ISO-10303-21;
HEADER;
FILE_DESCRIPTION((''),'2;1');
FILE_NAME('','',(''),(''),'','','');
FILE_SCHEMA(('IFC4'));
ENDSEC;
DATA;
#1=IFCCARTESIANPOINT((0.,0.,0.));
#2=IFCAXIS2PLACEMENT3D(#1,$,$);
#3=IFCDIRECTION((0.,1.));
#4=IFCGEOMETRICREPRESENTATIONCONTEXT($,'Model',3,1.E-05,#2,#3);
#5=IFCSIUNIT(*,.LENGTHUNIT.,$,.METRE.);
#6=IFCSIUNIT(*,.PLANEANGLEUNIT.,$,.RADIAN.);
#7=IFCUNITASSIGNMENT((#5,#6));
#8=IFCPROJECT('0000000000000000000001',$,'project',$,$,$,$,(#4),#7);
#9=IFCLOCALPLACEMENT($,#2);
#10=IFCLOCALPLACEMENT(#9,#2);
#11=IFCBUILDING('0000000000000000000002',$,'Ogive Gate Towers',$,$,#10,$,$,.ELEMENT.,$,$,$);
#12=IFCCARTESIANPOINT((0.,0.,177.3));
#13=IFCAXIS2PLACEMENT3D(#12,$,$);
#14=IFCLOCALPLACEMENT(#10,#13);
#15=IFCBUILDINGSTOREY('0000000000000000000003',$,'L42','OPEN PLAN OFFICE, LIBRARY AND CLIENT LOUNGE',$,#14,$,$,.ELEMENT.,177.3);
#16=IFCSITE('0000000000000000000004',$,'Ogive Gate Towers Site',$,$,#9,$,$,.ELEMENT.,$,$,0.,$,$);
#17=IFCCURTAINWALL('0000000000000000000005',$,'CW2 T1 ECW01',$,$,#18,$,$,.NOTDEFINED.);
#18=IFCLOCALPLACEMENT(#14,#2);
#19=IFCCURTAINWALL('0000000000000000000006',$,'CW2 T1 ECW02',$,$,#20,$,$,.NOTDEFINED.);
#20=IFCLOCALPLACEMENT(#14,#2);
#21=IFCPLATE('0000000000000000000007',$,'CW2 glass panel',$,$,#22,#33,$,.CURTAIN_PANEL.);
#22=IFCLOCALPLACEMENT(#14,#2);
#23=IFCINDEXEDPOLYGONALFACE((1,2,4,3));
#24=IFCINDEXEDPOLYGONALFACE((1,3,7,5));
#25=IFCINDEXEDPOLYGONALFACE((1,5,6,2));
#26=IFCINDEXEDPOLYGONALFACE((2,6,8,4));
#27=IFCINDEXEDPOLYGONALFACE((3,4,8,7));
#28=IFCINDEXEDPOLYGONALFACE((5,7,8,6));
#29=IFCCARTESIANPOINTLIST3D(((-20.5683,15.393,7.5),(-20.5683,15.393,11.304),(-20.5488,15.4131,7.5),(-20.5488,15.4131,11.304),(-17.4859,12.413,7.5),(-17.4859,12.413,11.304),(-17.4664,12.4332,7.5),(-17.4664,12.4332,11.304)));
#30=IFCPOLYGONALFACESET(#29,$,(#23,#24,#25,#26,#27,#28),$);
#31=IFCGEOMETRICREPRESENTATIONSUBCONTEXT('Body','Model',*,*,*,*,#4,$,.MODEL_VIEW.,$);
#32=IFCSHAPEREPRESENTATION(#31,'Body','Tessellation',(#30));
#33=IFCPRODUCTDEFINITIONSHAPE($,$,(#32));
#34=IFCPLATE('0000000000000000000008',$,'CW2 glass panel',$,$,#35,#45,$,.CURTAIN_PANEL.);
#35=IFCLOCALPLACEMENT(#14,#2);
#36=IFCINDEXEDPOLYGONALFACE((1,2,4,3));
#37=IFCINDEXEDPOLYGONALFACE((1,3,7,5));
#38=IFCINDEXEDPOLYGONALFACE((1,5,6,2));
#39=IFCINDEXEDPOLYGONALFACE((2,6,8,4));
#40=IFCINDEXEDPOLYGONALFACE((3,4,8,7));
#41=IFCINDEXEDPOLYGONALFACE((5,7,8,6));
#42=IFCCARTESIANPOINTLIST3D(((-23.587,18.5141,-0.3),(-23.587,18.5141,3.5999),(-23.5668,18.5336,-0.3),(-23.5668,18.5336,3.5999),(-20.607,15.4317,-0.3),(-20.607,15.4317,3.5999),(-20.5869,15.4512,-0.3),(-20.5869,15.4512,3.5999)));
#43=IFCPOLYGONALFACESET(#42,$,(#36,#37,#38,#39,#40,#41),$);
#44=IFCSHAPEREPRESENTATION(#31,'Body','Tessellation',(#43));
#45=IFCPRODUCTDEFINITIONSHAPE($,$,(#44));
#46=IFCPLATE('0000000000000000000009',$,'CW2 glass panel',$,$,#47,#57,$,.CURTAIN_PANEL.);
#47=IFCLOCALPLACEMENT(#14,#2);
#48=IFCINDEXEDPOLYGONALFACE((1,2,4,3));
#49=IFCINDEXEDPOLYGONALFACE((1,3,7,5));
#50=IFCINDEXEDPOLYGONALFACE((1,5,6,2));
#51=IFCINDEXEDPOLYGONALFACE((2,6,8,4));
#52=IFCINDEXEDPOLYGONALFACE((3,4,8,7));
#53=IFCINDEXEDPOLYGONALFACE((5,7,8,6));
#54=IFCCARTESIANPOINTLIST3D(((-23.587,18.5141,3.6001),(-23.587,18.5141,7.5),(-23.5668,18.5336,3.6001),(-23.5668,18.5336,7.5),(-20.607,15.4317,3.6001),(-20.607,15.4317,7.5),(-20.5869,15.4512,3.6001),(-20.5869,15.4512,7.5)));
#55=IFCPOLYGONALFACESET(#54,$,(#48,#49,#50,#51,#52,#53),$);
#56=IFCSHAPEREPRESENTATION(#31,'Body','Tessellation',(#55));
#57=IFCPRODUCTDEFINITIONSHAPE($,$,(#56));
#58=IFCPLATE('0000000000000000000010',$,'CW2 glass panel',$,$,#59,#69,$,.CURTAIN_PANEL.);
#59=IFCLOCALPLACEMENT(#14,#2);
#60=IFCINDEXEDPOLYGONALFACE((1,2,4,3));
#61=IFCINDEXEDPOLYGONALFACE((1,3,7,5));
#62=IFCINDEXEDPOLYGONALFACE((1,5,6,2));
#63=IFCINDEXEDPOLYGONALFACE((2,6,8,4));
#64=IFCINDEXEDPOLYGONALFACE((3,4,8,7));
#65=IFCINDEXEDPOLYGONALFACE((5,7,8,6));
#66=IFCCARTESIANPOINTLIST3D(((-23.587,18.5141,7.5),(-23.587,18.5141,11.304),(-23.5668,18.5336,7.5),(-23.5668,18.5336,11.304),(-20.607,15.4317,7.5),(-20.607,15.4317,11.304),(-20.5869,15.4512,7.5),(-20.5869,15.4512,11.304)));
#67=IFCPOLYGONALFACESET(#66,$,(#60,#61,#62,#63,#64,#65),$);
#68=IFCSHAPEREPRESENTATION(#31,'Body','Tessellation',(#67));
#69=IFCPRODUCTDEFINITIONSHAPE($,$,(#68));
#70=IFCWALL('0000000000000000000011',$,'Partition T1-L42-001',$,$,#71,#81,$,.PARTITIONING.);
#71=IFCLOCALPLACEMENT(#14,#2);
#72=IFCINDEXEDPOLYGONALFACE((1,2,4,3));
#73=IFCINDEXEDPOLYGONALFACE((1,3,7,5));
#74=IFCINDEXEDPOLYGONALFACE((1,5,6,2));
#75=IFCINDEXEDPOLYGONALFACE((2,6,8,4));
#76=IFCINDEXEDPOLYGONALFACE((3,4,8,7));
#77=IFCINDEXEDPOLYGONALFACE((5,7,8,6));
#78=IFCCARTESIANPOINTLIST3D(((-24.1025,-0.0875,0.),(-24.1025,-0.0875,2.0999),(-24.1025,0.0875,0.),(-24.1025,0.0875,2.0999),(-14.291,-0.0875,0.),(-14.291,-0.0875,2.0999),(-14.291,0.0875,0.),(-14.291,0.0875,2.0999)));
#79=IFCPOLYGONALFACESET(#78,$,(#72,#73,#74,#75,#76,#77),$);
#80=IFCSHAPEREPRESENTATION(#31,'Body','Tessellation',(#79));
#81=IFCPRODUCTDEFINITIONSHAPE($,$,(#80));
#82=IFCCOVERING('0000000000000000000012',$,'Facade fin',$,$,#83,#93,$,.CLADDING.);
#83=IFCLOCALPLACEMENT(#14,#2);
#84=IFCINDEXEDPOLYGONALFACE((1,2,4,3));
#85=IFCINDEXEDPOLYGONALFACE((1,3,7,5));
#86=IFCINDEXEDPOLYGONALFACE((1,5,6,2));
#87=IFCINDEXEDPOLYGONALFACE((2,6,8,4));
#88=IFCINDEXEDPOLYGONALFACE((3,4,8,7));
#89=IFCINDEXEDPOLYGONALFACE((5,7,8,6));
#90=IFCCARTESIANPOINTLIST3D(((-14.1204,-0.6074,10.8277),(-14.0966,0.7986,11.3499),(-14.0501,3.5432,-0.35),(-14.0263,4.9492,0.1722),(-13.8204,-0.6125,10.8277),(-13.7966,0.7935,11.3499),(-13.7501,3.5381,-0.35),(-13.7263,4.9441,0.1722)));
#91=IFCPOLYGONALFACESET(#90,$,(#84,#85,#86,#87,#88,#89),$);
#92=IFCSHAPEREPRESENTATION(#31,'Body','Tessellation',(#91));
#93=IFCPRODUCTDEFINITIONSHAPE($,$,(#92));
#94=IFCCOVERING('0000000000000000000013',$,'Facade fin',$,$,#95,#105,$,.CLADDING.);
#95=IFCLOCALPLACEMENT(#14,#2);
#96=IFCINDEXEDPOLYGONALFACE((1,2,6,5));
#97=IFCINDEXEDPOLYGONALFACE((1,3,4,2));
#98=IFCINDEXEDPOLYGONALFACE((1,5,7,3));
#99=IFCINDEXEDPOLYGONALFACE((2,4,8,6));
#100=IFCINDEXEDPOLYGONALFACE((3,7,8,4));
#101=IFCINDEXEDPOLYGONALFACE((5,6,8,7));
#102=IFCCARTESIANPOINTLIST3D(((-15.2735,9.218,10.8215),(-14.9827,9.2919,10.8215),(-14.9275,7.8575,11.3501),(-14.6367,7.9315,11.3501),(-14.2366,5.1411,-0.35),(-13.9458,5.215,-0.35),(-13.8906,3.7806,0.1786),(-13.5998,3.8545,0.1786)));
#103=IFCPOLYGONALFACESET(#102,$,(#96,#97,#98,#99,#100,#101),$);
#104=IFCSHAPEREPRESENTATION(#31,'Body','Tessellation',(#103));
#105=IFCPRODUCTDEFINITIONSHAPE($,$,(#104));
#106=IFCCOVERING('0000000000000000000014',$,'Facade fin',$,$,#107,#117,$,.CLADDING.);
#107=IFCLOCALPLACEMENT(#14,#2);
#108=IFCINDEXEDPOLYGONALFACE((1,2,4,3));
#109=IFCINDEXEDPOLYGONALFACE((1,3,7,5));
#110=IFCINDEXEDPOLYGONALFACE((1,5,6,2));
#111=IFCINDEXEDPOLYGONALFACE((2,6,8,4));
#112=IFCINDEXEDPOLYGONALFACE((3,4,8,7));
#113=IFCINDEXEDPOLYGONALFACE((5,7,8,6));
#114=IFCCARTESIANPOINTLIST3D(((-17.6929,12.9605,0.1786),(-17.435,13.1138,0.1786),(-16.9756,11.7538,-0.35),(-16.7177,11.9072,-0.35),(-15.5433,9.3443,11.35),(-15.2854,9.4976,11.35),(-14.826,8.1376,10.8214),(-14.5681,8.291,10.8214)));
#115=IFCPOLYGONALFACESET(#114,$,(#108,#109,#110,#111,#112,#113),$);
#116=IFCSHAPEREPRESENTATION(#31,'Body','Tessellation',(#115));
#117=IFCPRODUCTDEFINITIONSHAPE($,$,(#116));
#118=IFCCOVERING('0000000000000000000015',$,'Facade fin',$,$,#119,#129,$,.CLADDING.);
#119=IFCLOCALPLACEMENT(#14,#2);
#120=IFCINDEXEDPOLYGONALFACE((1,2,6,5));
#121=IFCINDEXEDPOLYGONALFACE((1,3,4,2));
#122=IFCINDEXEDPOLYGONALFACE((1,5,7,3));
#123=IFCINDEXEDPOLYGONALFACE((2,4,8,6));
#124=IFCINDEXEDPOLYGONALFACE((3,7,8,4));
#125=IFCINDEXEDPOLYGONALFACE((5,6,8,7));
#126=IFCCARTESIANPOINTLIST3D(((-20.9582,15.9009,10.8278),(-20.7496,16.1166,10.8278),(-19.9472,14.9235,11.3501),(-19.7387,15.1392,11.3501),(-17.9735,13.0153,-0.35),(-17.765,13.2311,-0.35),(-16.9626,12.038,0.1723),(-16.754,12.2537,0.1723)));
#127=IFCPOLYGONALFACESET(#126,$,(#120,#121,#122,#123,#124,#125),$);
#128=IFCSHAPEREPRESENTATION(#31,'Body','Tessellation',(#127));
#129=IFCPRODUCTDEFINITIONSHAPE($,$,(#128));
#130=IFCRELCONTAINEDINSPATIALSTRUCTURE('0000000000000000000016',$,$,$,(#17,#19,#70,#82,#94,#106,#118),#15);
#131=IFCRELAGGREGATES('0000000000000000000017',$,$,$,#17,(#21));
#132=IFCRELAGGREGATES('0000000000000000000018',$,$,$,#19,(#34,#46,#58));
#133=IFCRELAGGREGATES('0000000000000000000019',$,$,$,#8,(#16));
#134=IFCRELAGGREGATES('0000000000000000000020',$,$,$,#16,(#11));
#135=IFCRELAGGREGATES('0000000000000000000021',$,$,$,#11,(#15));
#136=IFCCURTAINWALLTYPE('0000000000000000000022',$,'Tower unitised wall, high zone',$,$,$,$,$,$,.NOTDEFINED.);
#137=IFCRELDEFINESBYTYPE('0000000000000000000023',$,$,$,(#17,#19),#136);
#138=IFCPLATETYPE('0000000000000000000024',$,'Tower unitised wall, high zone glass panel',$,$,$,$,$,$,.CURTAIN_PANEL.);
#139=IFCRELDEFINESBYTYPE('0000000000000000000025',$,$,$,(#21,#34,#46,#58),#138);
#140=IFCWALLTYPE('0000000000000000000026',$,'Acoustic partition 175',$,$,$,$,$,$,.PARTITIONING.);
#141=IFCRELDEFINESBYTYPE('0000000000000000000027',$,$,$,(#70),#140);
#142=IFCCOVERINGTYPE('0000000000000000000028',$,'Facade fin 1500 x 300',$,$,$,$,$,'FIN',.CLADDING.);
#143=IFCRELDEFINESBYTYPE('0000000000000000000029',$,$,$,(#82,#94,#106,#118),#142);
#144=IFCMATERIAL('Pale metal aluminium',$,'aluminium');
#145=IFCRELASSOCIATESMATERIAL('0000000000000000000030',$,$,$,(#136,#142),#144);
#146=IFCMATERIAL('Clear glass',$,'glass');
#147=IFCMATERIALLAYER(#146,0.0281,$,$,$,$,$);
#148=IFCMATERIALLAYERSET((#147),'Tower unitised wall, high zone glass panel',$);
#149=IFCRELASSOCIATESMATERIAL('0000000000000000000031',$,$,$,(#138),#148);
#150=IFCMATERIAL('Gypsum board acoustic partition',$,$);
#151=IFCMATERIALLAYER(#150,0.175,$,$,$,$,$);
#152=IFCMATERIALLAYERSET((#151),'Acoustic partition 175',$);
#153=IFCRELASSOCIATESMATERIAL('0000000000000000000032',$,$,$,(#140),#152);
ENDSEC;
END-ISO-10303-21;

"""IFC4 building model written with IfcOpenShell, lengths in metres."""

from ifc_helpers import new_model, si_unit, direction, frame, frame_2d, origin, origin_2d, place, context, subcontext, project, spatial, rectangle, extrude, material, layer, layer_set, material_profile, profile_set, type_object, element, aggregate, save


model = new_model("IFC4")

# Units and contexts
model_context = context("Model", 3, precision=1e-05, world=origin(), true_north=direction((0.0, 1.0)))
body_context = subcontext(model_context, "Body", "Model", "MODEL_VIEW")
ifc_project = project(units=[si_unit("LENGTHUNIT", "METRE"), si_unit("PLANEANGLEUNIT", "RADIAN")], contexts=[model_context])

# Site, building, storey
site_placement = place(None, origin())
site = spatial("IfcSite", under=ifc_project, at=site_placement, Name="Ogive Gate Towers Site", CompositionType="ELEMENT", RefElevation=0.0)
building_placement = place(site_placement, origin())
building = spatial("IfcBuilding", under=site, at=building_placement, Name="Ogive Gate Towers", CompositionType="ELEMENT")
storey_placement = place(building_placement, frame((0.0, 0.0, 177.3)))
storey = spatial("IfcBuildingStorey", under=building, at=storey_placement, Name="L42", Description="OPEN PLAN OFFICE, LIBRARY AND CLIENT LOUNGE", CompositionType="ELEMENT", Elevation=177.3)

# Curtain wall
ifc_material_1 = material(Name="Pale metal aluminium", Category="aluminium")
curtain_wall_type = type_object("IfcCurtainWallType", Name="Tower unitised wall, high zone", PredefinedType="NOTDEFINED", material=ifc_material_1)
curtain_wall_1_placement = place(storey_placement, origin())
curtain_wall_1 = element("IfcCurtainWall", 1, at=curtain_wall_1_placement, inside=storey, type_object=curtain_wall_type, Name="CW2 T1 ECW01", PredefinedType="NOTDEFINED")

# Curtain wall
curtain_wall_2_placement = place(storey_placement, origin())
curtain_wall_2 = element("IfcCurtainWall", 2, at=curtain_wall_2_placement, inside=storey, type_object=curtain_wall_type, Name="CW2 T1 ECW02", PredefinedType="NOTDEFINED")

# Plates
ifc_material_2 = material(Name="Clear glass", Category="glass")
ifc_layer_1 = layer(ifc_material_2, 0.0281)
ifc_layer_set_1 = layer_set([ifc_layer_1], Name="Tower unitised wall, high zone glass panel")
plate_type = type_object("IfcPlateType", Name="Tower unitised wall, high zone glass panel", PredefinedType="CURTAIN_PANEL", material=ifc_layer_set_1)
plate_1_placement = place(storey_placement, frame((-19.0173, 13.9131, 7.5), z_axis=(0.0, 0.0, 1.0), x_axis=(-0.718964, 0.695047, 0.0)))
plate_1 = element("IfcPlate", 3, at=plate_1_placement, type_object=plate_type, Name="CW2 glass panel", PredefinedType="CURTAIN_PANEL", context=body_context, shape_type="SweptSolid", body=[
    extrude(rectangle(XDim=4.2874, YDim=0.0281, at=origin_2d()), origin(), (0.0, 0.0, 1.0), 3.804),
])
aggregate(curtain_wall_1, [plate_1])
plate_2_placement = place(storey_placement, frame((-22.0869, 16.9827, -0.3), z_axis=(0.0, 0.0, 1.0), x_axis=(-0.695047, 0.718964, 0.0)))
plate_2 = element("IfcPlate", 4, at=plate_2_placement, type_object=plate_type, Name="CW2 glass panel", PredefinedType="CURTAIN_PANEL", context=body_context, shape_type="SweptSolid", body=[
    extrude(rectangle(XDim=4.2874, YDim=0.0281, at=origin_2d()), origin(), (0.0, 0.0, 1.0), 3.8999),
])
plate_3_placement = place(storey_placement, frame((-22.0869, 16.9827, 3.6001), z_axis=(0.0, 0.0, 1.0), x_axis=(-0.695047, 0.718964, 0.0)))
plate_3 = element("IfcPlate", 5, at=plate_3_placement, type_object=plate_type, Name="CW2 glass panel", PredefinedType="CURTAIN_PANEL", context=body_context, shape_type="SweptSolid", body=[
    extrude(rectangle(XDim=4.2874, YDim=0.0281, at=origin_2d()), origin(), (0.0, 0.0, 1.0), 3.8999),
])
plate_4_placement = place(storey_placement, frame((-22.0869, 16.9827, 7.5), z_axis=(0.0, 0.0, 1.0), x_axis=(-0.695047, 0.718964, 0.0)))
plate_4 = element("IfcPlate", 6, at=plate_4_placement, type_object=plate_type, Name="CW2 glass panel", PredefinedType="CURTAIN_PANEL", context=body_context, shape_type="SweptSolid", body=[
    extrude(rectangle(XDim=4.2874, YDim=0.0281, at=origin_2d()), origin(), (0.0, 0.0, 1.0), 3.804),
])
aggregate(curtain_wall_2, [plate_2, plate_3, plate_4])

# Wall
ifc_material_3 = material(Name="Gypsum board acoustic partition")
ifc_layer_2 = layer(ifc_material_3, 0.175)
ifc_layer_set_2 = layer_set([ifc_layer_2], Name="Acoustic partition 175")
wall_type = type_object("IfcWallType", Name="Acoustic partition 175", PredefinedType="PARTITIONING", material=ifc_layer_set_2)
wall_placement = place(storey_placement, frame((-14.291, 0.0, 0.0), z_axis=(0.0, 0.0, 1.0), x_axis=(-1.0, 0.0, 0.0)))
element("IfcWall", 7, at=wall_placement, inside=storey, type_object=wall_type, Name="Partition T1-L42-001", PredefinedType="PARTITIONING", context=body_context, shape_type="SweptSolid", body=[
    extrude(rectangle(XDim=9.8115, YDim=0.175, at=frame_2d((4.9058, 0.0))), origin(), (0.0, 0.0, 1.0), 2.0999),
])

# Coverings
ifc_material_profile_1 = material_profile(ifc_material_1, rectangle(XDim=0.3, YDim=1.5, at=origin_2d()), Name="1500 x 300 pale metal aluminium")
ifc_profile_set_1 = profile_set([ifc_material_profile_1], Name="Pale metal aluminium")
covering_type = type_object("IfcCoveringType", Name="Facade fin 1500 x 300", ElementType="FIN", PredefinedType="CLADDING", material=ifc_profile_set_1)
covering_1_placement = place(storey_placement, frame((-13.8882, 4.2437, -0.0889), z_axis=(-0.005897, -0.3481, 0.937439), x_axis=(0.999857, -0.016938, 0.0)))
element("IfcCovering", 8, at=covering_1_placement, inside=storey, type_object=covering_type, Name="Facade fin", PredefinedType="CLADDING", context=body_context, shape_type="SweptSolid", body=[
    extrude(rectangle(XDim=0.3, YDim=1.5, at=origin_2d()), origin(), (0.0, 0.0, 1.0), 11.9236),
])
for number, where, z_axis, x_axis, name in (
    (9, (-13.9182, 4.4978, -0.0857), (-0.08686, 0.34153, 0.935849), (-0.969148, -0.24648, 0.0), "Facade fin"),
    (10, (-17.2053, 12.4338, -0.0857), (0.18008, -0.302935, 0.935843), (0.85959, 0.510984, 0.0), "Facade fin"),
):
    element("IfcCovering", number, at=place(storey_placement, frame(where, z_axis=z_axis, x_axis=x_axis)), inside=storey, type_object=covering_type, Name=name, PredefinedType="CLADDING", context=body_context, shape_type="SweptSolid", body=[
        extrude(rectangle(XDim=0.3, YDim=1.5, at=origin_2d()), origin(), (0.0, 0.0, 1.0), 11.9373),
    ])
covering_2_placement = place(storey_placement, frame((-17.3638, 12.6345, -0.0889), z_axis=(-0.250309, 0.241996, 0.937435), x_axis=(-0.695068, -0.718944, 0.0)))
element("IfcCovering", 11, at=covering_2_placement, inside=storey, type_object=covering_type, Name="Facade fin", PredefinedType="CLADDING", context=body_context, shape_type="SweptSolid", body=[
    extrude(rectangle(XDim=0.3, YDim=1.5, at=origin_2d()), origin(), (0.0, 0.0, 1.0), 11.9238),
])

save(model, "model.ifc")
